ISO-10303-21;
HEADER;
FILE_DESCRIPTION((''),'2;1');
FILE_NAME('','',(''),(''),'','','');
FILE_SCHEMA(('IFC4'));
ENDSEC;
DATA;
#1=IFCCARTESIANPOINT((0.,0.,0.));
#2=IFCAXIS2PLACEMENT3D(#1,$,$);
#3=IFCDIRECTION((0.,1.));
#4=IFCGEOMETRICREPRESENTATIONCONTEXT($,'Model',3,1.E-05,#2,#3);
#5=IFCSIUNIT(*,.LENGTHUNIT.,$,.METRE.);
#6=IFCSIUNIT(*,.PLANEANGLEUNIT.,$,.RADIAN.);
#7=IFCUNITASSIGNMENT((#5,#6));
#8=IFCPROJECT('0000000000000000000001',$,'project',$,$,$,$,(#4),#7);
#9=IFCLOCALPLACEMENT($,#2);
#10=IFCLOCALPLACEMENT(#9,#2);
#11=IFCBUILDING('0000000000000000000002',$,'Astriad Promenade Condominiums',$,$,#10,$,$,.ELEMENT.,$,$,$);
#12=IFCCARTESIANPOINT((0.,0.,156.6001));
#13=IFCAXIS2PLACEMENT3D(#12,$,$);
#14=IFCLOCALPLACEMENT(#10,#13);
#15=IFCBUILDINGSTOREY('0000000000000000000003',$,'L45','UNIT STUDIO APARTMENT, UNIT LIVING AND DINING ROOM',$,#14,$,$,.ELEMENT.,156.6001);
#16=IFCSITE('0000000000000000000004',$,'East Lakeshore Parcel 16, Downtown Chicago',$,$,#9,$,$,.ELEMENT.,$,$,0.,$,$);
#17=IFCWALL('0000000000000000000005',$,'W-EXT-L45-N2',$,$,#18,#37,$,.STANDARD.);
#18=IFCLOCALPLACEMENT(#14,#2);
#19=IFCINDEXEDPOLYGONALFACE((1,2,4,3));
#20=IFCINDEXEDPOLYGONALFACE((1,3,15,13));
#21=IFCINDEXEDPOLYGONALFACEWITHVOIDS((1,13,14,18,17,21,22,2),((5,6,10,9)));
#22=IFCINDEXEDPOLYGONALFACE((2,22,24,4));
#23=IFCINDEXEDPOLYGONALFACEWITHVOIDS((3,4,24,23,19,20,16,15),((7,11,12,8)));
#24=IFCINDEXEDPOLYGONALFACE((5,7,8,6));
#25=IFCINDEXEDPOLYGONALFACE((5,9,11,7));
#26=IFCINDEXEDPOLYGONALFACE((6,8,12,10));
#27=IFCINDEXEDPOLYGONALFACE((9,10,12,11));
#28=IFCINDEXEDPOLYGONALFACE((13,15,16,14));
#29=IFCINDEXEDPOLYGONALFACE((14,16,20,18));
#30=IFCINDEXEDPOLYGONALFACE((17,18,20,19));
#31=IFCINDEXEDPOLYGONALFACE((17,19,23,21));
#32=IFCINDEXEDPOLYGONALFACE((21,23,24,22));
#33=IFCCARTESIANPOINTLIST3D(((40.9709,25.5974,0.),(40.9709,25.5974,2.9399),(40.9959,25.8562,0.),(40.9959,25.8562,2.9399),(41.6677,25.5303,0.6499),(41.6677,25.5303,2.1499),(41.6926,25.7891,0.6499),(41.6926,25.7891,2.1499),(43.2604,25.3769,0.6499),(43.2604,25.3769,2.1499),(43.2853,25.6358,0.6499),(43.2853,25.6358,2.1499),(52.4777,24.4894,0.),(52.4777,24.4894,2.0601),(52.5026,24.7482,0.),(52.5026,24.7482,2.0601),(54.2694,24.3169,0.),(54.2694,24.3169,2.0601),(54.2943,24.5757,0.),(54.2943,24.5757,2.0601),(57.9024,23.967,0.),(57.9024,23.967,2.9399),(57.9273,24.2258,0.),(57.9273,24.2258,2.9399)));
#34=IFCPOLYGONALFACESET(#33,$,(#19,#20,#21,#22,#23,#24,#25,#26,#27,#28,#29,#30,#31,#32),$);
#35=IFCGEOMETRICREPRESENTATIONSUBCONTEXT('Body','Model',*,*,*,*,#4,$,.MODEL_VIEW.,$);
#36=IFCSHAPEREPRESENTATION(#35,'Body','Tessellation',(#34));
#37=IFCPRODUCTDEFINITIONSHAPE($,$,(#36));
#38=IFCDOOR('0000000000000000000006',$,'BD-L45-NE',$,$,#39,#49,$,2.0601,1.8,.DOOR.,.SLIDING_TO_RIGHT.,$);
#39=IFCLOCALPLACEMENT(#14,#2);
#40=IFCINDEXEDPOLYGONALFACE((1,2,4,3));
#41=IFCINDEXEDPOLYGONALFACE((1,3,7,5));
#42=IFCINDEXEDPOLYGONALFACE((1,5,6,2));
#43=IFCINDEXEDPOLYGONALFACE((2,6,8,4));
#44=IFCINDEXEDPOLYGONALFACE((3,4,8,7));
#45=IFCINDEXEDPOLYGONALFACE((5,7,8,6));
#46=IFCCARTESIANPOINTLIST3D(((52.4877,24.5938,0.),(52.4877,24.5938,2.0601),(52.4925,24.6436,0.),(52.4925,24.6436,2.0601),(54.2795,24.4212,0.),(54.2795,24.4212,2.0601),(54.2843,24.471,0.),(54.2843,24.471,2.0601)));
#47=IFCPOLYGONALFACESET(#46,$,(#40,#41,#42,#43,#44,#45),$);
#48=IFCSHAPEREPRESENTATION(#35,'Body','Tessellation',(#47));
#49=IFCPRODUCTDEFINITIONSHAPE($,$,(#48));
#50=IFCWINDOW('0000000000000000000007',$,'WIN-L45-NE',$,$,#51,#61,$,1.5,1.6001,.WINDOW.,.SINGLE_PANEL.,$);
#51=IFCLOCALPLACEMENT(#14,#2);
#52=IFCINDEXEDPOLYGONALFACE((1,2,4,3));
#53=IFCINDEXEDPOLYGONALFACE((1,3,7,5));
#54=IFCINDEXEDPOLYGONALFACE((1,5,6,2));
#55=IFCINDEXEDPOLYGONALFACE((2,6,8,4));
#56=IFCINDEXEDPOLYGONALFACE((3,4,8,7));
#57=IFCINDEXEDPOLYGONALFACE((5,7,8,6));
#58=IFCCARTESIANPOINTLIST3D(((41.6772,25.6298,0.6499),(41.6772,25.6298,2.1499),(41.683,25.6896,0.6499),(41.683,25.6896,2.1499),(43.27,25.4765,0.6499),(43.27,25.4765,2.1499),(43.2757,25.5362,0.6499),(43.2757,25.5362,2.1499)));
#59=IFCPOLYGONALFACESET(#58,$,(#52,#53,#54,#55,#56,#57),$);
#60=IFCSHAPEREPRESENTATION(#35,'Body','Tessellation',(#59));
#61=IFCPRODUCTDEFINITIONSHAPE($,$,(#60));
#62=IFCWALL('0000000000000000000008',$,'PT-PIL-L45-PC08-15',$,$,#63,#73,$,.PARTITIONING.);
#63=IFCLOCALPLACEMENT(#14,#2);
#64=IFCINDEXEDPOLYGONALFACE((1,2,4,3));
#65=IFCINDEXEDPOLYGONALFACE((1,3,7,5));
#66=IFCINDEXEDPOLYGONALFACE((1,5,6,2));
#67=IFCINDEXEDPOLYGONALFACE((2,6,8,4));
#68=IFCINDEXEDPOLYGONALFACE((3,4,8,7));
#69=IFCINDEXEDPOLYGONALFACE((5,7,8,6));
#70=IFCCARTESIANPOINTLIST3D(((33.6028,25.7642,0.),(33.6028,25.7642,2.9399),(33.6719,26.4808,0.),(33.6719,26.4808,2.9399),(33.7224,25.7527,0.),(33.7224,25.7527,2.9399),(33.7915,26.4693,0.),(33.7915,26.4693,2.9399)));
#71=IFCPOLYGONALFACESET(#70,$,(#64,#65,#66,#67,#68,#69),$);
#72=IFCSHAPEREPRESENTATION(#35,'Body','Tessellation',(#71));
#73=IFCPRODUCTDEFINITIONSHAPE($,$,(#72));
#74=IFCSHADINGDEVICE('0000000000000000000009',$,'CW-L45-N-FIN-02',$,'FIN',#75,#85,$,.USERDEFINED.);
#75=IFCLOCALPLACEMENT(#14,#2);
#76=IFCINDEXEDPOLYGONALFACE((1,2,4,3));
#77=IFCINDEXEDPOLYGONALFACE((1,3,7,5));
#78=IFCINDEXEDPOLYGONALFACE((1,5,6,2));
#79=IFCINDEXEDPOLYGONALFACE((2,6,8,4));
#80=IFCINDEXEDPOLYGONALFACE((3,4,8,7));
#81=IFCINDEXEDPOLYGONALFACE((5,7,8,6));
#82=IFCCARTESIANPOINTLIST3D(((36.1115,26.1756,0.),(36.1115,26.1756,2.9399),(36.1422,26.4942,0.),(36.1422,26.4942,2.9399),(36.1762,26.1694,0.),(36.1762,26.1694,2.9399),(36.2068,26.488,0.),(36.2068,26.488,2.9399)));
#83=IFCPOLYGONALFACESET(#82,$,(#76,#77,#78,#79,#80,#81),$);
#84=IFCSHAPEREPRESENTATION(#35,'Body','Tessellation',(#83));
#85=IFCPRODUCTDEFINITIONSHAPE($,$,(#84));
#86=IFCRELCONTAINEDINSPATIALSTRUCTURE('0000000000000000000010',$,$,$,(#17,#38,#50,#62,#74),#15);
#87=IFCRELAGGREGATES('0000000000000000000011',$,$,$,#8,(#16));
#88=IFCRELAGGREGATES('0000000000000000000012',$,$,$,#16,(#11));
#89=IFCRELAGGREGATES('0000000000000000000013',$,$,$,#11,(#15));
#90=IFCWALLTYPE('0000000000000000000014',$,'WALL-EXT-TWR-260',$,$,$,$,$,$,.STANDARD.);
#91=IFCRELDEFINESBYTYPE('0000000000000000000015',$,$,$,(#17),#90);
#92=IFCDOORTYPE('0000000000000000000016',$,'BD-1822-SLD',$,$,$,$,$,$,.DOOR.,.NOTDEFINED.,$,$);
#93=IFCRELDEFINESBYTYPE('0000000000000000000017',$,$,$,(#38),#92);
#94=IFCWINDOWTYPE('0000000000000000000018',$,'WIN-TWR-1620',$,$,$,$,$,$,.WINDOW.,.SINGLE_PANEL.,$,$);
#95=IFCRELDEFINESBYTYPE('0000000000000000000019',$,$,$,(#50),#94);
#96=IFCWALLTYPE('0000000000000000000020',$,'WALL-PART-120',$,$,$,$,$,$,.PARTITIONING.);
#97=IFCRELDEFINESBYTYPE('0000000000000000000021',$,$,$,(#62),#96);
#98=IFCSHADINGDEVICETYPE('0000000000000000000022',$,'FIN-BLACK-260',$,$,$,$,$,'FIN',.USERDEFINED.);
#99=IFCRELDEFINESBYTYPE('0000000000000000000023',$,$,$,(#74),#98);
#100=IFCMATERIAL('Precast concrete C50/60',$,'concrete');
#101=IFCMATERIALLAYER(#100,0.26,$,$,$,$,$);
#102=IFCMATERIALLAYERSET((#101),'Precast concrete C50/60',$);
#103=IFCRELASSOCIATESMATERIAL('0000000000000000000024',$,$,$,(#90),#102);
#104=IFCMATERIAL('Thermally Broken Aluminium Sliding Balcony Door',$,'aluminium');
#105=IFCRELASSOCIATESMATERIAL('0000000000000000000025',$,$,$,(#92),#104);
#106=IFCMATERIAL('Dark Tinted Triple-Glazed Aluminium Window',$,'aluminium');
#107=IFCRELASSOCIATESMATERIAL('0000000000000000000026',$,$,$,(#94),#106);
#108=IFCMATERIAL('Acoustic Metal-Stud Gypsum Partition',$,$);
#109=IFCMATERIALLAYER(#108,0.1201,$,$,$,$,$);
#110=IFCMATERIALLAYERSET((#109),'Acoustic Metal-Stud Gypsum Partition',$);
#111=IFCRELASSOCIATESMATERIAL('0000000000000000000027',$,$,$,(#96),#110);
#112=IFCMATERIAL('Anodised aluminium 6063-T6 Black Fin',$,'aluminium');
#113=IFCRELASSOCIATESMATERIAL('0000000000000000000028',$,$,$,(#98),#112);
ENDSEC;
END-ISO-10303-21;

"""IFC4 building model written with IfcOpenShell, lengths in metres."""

from ifc_helpers import new_model, si_unit, direction, frame, frame_2d, origin, origin_2d, place, context, subcontext, project, spatial, rectangle, extrude, source, transform, mapped, material, layer, layer_set, type_object, type_shapes, element, fill, save


model = new_model("IFC4")

# Units and contexts
model_context = context("Model", 3, precision=1e-05, world=origin(), true_north=direction((0.0, 1.0)))
body_context = subcontext(model_context, "Body", "Model", "MODEL_VIEW")
ifc_project = project(units=[si_unit("LENGTHUNIT", "METRE"), si_unit("PLANEANGLEUNIT", "RADIAN")], contexts=[model_context])

# Site, building, storey
site_placement = place(None, origin())
site = spatial("IfcSite", under=ifc_project, at=site_placement, Name="East Lakeshore Parcel 16, Downtown Chicago", CompositionType="ELEMENT", RefElevation=0.0)
building_placement = place(site_placement, origin())
building = spatial("IfcBuilding", under=site, at=building_placement, Name="Astriad Promenade Condominiums", CompositionType="ELEMENT")
storey_placement = place(building_placement, frame((0.0, 0.0, 156.6001)))
storey = spatial("IfcBuildingStorey", under=building, at=storey_placement, Name="L45", Description="UNIT STUDIO APARTMENT, UNIT LIVING AND DINING ROOM", CompositionType="ELEMENT", Elevation=156.6001)

# Wall, openings, door, window
ifc_material_1 = material(Name="Precast concrete C50/60", Category="concrete")
ifc_layer_1 = layer(ifc_material_1, 0.26)
ifc_layer_set_1 = layer_set([ifc_layer_1], Name="Precast concrete C50/60")
wall_type_1 = type_object("IfcWallType", Name="WALL-EXT-TWR-260", PredefinedType="STANDARD", material=ifc_layer_set_1)
wall_1_placement = place(storey_placement, frame((40.9834, 25.7268, 0.0), z_axis=(0.0, 0.0, 1.0), x_axis=(0.995396, -0.095849, 0.0)))
wall_1 = element("IfcWall", 1, at=wall_1_placement, inside=storey, type_object=wall_type_1, Name="W-EXT-L45-N2", PredefinedType="STANDARD", context=body_context, shape_type="SweptSolid", body=[
    extrude(rectangle(XDim=17.0098, YDim=0.26, at=frame_2d((8.5049, 0.0))), origin(), (0.0, 0.0, 1.0), 2.9399),
])
opening_1_placement = place(wall_1_placement, frame((11.5601, 0.0, 0.0)))
opening_1 = element("IfcOpeningElement", 2, at=opening_1_placement, cuts=wall_1, PredefinedType="OPENING", context=body_context, shape_type="SweptSolid", body=[
    extrude(rectangle(XDim=1.8, YDim=2.0601, at=frame_2d((0.8999, 1.03))), frame((0.0, 0.1399, 0.0), z_axis=(0.0, -1.0, 0.0), x_axis=(1.0, 0.0, 0.0)), (0.0, 0.0, 1.0), 0.28),
])
opening_2_placement = place(wall_1_placement, frame((0.7, 0.0, 0.6499)))
opening_2 = element("IfcOpeningElement", 3, at=opening_2_placement, cuts=wall_1, PredefinedType="OPENING", context=body_context, shape_type="SweptSolid", body=[
    extrude(rectangle(XDim=1.6001, YDim=1.5, at=frame_2d((0.8, 0.75))), frame((0.0, 0.1399, 0.0), z_axis=(0.0, -1.0, 0.0), x_axis=(1.0, 0.0, 0.0)), (0.0, 0.0, 1.0), 0.28),
])
ifc_material_2 = material(Name="Thermally Broken Aluminium Sliding Balcony Door", Category="aluminium")
door_type = type_object("IfcDoorType", Name="BD-1822-SLD", OperationType="NOTDEFINED", PredefinedType="DOOR", material=ifc_material_2)
shared_shape_1 = source(origin(), body_context, "Body", "SweptSolid", [
    extrude(rectangle(XDim=1.8, YDim=2.0601, at=frame_2d((0.8999, 1.03))), frame((0.0, 0.0249, 0.0), z_axis=(0.0, -1.0, 0.0), x_axis=(1.0, 0.0, 0.0)), (0.0, 0.0, 1.0), 0.05),
])
type_shapes(door_type, [shared_shape_1])
door_placement = place(opening_1_placement, origin())
door = element("IfcDoor", 4, at=door_placement, inside=storey, type_object=door_type, Name="BD-L45-NE", OperationType="SLIDING_TO_RIGHT", OverallHeight=2.0601, OverallWidth=1.8, PredefinedType="DOOR", context=body_context, shape_type="MappedRepresentation", body=[
    mapped(shared_shape_1, transform((0.0, 0.0, 0.0), scale=1.0)),
])
fill(opening_1, door)
ifc_material_3 = material(Name="Dark Tinted Triple-Glazed Aluminium Window", Category="aluminium")
window_type = type_object("IfcWindowType", Name="WIN-TWR-1620", PartitioningType="SINGLE_PANEL", PredefinedType="WINDOW", material=ifc_material_3)
shared_shape_2 = source(origin(), body_context, "Body", "SweptSolid", [
    extrude(rectangle(XDim=1.6001, YDim=1.5, at=frame_2d((0.8, 0.75))), frame((0.0, 0.03, 0.0), z_axis=(0.0, -1.0, 0.0), x_axis=(1.0, 0.0, 0.0)), (0.0, 0.0, 1.0), 0.0601),
])
type_shapes(window_type, [shared_shape_2])
window_placement = place(opening_2_placement, origin())
window = element("IfcWindow", 5, at=window_placement, inside=storey, type_object=window_type, Name="WIN-L45-NE", OverallHeight=1.5, OverallWidth=1.6001, PartitioningType="SINGLE_PANEL", PredefinedType="WINDOW", context=body_context, shape_type="MappedRepresentation", body=[
    mapped(shared_shape_2, transform((0.0, 0.0, 0.0), scale=1.0)),
])
fill(opening_2, window)

# Wall
ifc_material_4 = material(Name="Acoustic Metal-Stud Gypsum Partition")
ifc_layer_2 = layer(ifc_material_4, 0.1201)
ifc_layer_set_2 = layer_set([ifc_layer_2], Name="Acoustic Metal-Stud Gypsum Partition")
wall_type_2 = type_object("IfcWallType", Name="WALL-PART-120", PredefinedType="PARTITIONING", material=ifc_layer_set_2)
wall_2_placement = place(storey_placement, frame((33.6626, 25.7585, 0.0), z_axis=(0.0, 0.0, 1.0), x_axis=(0.095977, 0.995384, 0.0)))
element("IfcWall", 6, at=wall_2_placement, inside=storey, type_object=wall_type_2, Name="PT-PIL-L45-PC08-15", PredefinedType="PARTITIONING", context=body_context, shape_type="SweptSolid", body=[
    extrude(rectangle(XDim=0.72, YDim=0.1201, at=frame_2d((0.3599, 0.0))), origin(), (0.0, 0.0, 1.0), 2.9399),
])

# Shading device
ifc_material_5 = material(Name="Anodised aluminium 6063-T6 Black Fin", Category="aluminium")
shading_device_type = type_object("IfcShadingDeviceType", Name="FIN-BLACK-260", ElementType="FIN", PredefinedType="USERDEFINED", material=ifc_material_5)
shared_shape_3 = source(origin(), body_context, "Body", "SweptSolid", [
    extrude(rectangle(XDim=0.0649, YDim=0.3201, at=origin_2d()), origin(), (0.0, 0.0, 1.0), 2.9399),
])
type_shapes(shading_device_type, [shared_shape_3])
shading_device_placement = place(storey_placement, frame((36.1592, 26.3318, 0.0), z_axis=(0.0, 0.0, 1.0), x_axis=(0.995396, -0.095846, 0.0)))
element("IfcShadingDevice", 7, at=shading_device_placement, inside=storey, type_object=shading_device_type, Name="CW-L45-N-FIN-02", ObjectType="FIN", PredefinedType="USERDEFINED", context=body_context, shape_type="MappedRepresentation", body=[
    mapped(shared_shape_3, transform((0.0, 0.0, 0.0), scale=1.0)),
])

save(model, "model.ifc")
